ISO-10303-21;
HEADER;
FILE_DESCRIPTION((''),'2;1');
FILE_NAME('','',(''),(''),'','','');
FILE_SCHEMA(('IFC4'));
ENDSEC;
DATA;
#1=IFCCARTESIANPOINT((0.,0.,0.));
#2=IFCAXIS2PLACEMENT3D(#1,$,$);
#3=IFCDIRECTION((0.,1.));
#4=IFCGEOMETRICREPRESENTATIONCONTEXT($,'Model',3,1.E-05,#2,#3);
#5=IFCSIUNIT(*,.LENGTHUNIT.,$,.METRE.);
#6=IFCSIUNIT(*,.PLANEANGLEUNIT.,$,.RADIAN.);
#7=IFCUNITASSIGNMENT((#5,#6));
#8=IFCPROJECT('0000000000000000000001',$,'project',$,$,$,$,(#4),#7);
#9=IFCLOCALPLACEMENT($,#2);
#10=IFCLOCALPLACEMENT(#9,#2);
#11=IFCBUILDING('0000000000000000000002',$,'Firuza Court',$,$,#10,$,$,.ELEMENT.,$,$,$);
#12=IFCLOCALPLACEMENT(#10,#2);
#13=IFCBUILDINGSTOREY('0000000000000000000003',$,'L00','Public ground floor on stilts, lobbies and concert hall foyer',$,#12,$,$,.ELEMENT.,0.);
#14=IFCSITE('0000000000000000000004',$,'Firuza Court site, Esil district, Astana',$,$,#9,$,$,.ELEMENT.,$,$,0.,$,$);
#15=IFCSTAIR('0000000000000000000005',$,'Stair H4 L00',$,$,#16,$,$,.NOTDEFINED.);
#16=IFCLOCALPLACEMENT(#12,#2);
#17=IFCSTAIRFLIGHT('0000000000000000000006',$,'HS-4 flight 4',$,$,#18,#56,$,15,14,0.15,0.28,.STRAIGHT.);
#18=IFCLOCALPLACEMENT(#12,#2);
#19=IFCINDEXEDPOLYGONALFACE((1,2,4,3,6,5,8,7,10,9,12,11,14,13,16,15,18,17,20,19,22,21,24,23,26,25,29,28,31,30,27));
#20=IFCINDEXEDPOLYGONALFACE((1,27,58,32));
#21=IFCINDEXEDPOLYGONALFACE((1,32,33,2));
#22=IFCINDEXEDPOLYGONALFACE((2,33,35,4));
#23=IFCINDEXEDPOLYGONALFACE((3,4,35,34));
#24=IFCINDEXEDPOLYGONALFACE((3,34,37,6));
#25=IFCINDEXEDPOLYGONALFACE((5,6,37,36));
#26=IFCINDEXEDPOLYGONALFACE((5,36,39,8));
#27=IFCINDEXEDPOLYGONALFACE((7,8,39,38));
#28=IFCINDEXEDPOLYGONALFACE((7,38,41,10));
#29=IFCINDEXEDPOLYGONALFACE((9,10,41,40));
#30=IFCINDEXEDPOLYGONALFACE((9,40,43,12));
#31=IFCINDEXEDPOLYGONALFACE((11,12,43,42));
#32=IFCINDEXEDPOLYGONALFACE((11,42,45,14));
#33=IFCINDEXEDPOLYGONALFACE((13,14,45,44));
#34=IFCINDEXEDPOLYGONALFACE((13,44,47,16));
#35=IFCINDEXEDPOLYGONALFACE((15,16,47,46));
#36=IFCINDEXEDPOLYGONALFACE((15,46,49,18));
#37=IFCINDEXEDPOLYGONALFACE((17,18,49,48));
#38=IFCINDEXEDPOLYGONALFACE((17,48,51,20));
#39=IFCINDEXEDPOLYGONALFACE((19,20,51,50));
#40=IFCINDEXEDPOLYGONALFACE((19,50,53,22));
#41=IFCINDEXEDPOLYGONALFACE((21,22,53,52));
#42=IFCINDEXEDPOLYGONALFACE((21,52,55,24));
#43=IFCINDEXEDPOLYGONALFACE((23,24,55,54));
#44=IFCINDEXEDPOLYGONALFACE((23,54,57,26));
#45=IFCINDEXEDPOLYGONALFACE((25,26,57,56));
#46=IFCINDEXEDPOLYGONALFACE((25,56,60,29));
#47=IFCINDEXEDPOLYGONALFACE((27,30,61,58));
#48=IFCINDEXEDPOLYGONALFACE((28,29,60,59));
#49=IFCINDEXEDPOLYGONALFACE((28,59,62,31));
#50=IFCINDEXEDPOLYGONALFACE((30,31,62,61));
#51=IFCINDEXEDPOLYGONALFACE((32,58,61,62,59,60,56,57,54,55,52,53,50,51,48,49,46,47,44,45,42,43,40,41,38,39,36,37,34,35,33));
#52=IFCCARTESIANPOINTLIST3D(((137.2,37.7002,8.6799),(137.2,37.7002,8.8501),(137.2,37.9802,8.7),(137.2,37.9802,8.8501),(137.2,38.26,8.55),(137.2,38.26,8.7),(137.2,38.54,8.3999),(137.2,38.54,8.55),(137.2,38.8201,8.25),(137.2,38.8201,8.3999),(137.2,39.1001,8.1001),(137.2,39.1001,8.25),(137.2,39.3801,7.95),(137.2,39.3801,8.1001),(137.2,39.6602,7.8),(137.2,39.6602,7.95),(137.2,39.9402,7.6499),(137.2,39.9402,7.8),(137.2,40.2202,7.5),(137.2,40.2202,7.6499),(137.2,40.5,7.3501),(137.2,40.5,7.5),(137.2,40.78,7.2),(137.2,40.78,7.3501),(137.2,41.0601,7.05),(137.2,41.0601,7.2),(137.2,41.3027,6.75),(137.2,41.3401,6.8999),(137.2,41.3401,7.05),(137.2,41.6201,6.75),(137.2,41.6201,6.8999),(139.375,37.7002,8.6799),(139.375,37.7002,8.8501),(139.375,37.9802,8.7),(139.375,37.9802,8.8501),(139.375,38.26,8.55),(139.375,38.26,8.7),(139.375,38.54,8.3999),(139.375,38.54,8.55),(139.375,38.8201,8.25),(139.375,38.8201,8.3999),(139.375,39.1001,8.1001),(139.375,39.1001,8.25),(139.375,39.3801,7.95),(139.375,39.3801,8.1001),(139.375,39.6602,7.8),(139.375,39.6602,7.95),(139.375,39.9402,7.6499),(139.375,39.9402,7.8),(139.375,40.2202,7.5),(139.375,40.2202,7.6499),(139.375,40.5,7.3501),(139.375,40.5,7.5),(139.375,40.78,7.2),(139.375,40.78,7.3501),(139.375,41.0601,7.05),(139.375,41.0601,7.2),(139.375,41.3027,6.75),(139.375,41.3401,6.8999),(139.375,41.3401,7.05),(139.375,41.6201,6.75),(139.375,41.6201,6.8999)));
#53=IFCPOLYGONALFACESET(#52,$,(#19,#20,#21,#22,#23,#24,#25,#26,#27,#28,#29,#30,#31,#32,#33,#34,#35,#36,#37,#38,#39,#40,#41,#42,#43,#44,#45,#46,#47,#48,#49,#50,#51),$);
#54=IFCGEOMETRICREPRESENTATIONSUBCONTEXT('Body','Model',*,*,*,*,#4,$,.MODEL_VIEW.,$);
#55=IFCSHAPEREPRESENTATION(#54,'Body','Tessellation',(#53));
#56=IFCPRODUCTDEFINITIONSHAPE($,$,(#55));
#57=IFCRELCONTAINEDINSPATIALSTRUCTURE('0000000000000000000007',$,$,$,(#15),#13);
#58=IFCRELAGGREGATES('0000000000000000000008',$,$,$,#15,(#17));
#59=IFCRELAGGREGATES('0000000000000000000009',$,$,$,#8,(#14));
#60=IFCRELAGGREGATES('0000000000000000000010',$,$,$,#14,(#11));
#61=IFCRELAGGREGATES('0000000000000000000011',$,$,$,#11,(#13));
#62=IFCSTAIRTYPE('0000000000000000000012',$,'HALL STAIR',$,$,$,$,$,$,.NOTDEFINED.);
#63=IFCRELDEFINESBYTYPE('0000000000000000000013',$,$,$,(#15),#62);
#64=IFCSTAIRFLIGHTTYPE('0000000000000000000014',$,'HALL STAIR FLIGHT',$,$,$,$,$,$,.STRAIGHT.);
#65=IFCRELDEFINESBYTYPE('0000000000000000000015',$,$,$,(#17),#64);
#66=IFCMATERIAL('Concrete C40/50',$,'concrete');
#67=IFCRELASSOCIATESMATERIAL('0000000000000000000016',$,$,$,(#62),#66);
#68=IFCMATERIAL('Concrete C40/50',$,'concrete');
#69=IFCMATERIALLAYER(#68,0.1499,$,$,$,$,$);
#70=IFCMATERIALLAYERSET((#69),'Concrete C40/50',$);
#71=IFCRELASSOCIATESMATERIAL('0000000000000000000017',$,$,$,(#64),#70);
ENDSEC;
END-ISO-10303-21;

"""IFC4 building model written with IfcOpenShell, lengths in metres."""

from ifc_helpers import new_model, si_unit, direction, frame, origin, place, context, subcontext, project, spatial, polyline, outline, extrude, material, layer, layer_set, type_object, element, aggregate, save


model = new_model("IFC4")

# Units and contexts
model_context = context("Model", 3, precision=1e-05, world=origin(), true_north=direction((0.0, 1.0)))
body_context = subcontext(model_context, "Body", "Model", "MODEL_VIEW")
ifc_project = project(units=[si_unit("LENGTHUNIT", "METRE"), si_unit("PLANEANGLEUNIT", "RADIAN")], contexts=[model_context])

# Site, building, storey
site_placement = place(None, origin())
site = spatial("IfcSite", under=ifc_project, at=site_placement, Name="Firuza Court site, Esil district, Astana", CompositionType="ELEMENT", RefElevation=0.0)
building_placement = place(site_placement, origin())
building = spatial("IfcBuilding", under=site, at=building_placement, Name="Firuza Court", CompositionType="ELEMENT")
storey_placement = place(building_placement, origin())
storey = spatial("IfcBuildingStorey", under=building, at=storey_placement, Name="L00", Description="Public ground floor on stilts, lobbies and concert hall foyer", CompositionType="ELEMENT", Elevation=0.0)

# Shared definitions
ifc_material_1 = material(Name="Concrete C40/50", Category="concrete")

# Stair, stair flight
ifc_material_2 = material(Name="Concrete C40/50", Category="concrete")
stair_type = type_object("IfcStairType", Name="HALL STAIR", PredefinedType="NOTDEFINED", material=ifc_material_2)
stair_placement = place(storey_placement, origin())
stair = element("IfcStair", 1, at=stair_placement, inside=storey, type_object=stair_type, Name="Stair H4 L00", PredefinedType="NOTDEFINED")
ifc_layer_1 = layer(ifc_material_1, 0.1499)
ifc_layer_set_1 = layer_set([ifc_layer_1], Name="Concrete C40/50")
stair_flight_type = type_object("IfcStairFlightType", Name="HALL STAIR FLIGHT", PredefinedType="STRAIGHT", material=ifc_layer_set_1)
stair_flight_1_placement = place(storey_placement, frame((138.2876, 41.6201, 6.75), z_axis=(0.0, 0.0, 1.0), x_axis=(0.0, -1.0, 0.0)))
stair_flight_1 = element("IfcStairFlight", 2, at=stair_flight_1_placement, type_object=stair_flight_type, Name="HS-4 flight 4", NumberOfRisers=15, NumberOfTreads=14, PredefinedType="STRAIGHT", RiserHeight=0.15, TreadLength=0.28, context=body_context, shape_type="SweptSolid", body=[
    extrude(outline(polyline([(0.0, 0.0), (0.0, 0.1499), (0.28, 0.1499), (0.28, 0.3), (0.5601, 0.3), (0.5601, 0.45), (0.8401, 0.45), (0.8401, 0.6001), (1.1201, 0.6001), (1.1201, 0.75), (1.3999, 0.75), (1.3999, 0.8999), (1.6799, 0.8999), (1.6799, 1.05), (1.96, 1.05), (1.96, 1.2), (2.24, 1.2), (2.24, 1.3501), (2.52, 1.3501), (2.52, 1.5), (2.8, 1.5), (2.8, 1.6499), (3.0801, 1.6499), (3.0801, 1.8), (3.3601, 1.8), (3.3601, 1.95), (3.6399, 1.95), (3.6399, 2.1001), (3.9199, 2.1001), (3.9199, 2.25), (3.9199, 1.9299), (0.3174, 0.0), (0.0, 0.0)])), frame((0.0, 1.0874, 0.0), z_axis=(0.0, -1.0, 0.0), x_axis=(1.0, 0.0, 0.0)), (0.0, 0.0, 1.0), 2.175),
])
aggregate(stair, [stair_flight_1])

save(model, "model.ifc")
